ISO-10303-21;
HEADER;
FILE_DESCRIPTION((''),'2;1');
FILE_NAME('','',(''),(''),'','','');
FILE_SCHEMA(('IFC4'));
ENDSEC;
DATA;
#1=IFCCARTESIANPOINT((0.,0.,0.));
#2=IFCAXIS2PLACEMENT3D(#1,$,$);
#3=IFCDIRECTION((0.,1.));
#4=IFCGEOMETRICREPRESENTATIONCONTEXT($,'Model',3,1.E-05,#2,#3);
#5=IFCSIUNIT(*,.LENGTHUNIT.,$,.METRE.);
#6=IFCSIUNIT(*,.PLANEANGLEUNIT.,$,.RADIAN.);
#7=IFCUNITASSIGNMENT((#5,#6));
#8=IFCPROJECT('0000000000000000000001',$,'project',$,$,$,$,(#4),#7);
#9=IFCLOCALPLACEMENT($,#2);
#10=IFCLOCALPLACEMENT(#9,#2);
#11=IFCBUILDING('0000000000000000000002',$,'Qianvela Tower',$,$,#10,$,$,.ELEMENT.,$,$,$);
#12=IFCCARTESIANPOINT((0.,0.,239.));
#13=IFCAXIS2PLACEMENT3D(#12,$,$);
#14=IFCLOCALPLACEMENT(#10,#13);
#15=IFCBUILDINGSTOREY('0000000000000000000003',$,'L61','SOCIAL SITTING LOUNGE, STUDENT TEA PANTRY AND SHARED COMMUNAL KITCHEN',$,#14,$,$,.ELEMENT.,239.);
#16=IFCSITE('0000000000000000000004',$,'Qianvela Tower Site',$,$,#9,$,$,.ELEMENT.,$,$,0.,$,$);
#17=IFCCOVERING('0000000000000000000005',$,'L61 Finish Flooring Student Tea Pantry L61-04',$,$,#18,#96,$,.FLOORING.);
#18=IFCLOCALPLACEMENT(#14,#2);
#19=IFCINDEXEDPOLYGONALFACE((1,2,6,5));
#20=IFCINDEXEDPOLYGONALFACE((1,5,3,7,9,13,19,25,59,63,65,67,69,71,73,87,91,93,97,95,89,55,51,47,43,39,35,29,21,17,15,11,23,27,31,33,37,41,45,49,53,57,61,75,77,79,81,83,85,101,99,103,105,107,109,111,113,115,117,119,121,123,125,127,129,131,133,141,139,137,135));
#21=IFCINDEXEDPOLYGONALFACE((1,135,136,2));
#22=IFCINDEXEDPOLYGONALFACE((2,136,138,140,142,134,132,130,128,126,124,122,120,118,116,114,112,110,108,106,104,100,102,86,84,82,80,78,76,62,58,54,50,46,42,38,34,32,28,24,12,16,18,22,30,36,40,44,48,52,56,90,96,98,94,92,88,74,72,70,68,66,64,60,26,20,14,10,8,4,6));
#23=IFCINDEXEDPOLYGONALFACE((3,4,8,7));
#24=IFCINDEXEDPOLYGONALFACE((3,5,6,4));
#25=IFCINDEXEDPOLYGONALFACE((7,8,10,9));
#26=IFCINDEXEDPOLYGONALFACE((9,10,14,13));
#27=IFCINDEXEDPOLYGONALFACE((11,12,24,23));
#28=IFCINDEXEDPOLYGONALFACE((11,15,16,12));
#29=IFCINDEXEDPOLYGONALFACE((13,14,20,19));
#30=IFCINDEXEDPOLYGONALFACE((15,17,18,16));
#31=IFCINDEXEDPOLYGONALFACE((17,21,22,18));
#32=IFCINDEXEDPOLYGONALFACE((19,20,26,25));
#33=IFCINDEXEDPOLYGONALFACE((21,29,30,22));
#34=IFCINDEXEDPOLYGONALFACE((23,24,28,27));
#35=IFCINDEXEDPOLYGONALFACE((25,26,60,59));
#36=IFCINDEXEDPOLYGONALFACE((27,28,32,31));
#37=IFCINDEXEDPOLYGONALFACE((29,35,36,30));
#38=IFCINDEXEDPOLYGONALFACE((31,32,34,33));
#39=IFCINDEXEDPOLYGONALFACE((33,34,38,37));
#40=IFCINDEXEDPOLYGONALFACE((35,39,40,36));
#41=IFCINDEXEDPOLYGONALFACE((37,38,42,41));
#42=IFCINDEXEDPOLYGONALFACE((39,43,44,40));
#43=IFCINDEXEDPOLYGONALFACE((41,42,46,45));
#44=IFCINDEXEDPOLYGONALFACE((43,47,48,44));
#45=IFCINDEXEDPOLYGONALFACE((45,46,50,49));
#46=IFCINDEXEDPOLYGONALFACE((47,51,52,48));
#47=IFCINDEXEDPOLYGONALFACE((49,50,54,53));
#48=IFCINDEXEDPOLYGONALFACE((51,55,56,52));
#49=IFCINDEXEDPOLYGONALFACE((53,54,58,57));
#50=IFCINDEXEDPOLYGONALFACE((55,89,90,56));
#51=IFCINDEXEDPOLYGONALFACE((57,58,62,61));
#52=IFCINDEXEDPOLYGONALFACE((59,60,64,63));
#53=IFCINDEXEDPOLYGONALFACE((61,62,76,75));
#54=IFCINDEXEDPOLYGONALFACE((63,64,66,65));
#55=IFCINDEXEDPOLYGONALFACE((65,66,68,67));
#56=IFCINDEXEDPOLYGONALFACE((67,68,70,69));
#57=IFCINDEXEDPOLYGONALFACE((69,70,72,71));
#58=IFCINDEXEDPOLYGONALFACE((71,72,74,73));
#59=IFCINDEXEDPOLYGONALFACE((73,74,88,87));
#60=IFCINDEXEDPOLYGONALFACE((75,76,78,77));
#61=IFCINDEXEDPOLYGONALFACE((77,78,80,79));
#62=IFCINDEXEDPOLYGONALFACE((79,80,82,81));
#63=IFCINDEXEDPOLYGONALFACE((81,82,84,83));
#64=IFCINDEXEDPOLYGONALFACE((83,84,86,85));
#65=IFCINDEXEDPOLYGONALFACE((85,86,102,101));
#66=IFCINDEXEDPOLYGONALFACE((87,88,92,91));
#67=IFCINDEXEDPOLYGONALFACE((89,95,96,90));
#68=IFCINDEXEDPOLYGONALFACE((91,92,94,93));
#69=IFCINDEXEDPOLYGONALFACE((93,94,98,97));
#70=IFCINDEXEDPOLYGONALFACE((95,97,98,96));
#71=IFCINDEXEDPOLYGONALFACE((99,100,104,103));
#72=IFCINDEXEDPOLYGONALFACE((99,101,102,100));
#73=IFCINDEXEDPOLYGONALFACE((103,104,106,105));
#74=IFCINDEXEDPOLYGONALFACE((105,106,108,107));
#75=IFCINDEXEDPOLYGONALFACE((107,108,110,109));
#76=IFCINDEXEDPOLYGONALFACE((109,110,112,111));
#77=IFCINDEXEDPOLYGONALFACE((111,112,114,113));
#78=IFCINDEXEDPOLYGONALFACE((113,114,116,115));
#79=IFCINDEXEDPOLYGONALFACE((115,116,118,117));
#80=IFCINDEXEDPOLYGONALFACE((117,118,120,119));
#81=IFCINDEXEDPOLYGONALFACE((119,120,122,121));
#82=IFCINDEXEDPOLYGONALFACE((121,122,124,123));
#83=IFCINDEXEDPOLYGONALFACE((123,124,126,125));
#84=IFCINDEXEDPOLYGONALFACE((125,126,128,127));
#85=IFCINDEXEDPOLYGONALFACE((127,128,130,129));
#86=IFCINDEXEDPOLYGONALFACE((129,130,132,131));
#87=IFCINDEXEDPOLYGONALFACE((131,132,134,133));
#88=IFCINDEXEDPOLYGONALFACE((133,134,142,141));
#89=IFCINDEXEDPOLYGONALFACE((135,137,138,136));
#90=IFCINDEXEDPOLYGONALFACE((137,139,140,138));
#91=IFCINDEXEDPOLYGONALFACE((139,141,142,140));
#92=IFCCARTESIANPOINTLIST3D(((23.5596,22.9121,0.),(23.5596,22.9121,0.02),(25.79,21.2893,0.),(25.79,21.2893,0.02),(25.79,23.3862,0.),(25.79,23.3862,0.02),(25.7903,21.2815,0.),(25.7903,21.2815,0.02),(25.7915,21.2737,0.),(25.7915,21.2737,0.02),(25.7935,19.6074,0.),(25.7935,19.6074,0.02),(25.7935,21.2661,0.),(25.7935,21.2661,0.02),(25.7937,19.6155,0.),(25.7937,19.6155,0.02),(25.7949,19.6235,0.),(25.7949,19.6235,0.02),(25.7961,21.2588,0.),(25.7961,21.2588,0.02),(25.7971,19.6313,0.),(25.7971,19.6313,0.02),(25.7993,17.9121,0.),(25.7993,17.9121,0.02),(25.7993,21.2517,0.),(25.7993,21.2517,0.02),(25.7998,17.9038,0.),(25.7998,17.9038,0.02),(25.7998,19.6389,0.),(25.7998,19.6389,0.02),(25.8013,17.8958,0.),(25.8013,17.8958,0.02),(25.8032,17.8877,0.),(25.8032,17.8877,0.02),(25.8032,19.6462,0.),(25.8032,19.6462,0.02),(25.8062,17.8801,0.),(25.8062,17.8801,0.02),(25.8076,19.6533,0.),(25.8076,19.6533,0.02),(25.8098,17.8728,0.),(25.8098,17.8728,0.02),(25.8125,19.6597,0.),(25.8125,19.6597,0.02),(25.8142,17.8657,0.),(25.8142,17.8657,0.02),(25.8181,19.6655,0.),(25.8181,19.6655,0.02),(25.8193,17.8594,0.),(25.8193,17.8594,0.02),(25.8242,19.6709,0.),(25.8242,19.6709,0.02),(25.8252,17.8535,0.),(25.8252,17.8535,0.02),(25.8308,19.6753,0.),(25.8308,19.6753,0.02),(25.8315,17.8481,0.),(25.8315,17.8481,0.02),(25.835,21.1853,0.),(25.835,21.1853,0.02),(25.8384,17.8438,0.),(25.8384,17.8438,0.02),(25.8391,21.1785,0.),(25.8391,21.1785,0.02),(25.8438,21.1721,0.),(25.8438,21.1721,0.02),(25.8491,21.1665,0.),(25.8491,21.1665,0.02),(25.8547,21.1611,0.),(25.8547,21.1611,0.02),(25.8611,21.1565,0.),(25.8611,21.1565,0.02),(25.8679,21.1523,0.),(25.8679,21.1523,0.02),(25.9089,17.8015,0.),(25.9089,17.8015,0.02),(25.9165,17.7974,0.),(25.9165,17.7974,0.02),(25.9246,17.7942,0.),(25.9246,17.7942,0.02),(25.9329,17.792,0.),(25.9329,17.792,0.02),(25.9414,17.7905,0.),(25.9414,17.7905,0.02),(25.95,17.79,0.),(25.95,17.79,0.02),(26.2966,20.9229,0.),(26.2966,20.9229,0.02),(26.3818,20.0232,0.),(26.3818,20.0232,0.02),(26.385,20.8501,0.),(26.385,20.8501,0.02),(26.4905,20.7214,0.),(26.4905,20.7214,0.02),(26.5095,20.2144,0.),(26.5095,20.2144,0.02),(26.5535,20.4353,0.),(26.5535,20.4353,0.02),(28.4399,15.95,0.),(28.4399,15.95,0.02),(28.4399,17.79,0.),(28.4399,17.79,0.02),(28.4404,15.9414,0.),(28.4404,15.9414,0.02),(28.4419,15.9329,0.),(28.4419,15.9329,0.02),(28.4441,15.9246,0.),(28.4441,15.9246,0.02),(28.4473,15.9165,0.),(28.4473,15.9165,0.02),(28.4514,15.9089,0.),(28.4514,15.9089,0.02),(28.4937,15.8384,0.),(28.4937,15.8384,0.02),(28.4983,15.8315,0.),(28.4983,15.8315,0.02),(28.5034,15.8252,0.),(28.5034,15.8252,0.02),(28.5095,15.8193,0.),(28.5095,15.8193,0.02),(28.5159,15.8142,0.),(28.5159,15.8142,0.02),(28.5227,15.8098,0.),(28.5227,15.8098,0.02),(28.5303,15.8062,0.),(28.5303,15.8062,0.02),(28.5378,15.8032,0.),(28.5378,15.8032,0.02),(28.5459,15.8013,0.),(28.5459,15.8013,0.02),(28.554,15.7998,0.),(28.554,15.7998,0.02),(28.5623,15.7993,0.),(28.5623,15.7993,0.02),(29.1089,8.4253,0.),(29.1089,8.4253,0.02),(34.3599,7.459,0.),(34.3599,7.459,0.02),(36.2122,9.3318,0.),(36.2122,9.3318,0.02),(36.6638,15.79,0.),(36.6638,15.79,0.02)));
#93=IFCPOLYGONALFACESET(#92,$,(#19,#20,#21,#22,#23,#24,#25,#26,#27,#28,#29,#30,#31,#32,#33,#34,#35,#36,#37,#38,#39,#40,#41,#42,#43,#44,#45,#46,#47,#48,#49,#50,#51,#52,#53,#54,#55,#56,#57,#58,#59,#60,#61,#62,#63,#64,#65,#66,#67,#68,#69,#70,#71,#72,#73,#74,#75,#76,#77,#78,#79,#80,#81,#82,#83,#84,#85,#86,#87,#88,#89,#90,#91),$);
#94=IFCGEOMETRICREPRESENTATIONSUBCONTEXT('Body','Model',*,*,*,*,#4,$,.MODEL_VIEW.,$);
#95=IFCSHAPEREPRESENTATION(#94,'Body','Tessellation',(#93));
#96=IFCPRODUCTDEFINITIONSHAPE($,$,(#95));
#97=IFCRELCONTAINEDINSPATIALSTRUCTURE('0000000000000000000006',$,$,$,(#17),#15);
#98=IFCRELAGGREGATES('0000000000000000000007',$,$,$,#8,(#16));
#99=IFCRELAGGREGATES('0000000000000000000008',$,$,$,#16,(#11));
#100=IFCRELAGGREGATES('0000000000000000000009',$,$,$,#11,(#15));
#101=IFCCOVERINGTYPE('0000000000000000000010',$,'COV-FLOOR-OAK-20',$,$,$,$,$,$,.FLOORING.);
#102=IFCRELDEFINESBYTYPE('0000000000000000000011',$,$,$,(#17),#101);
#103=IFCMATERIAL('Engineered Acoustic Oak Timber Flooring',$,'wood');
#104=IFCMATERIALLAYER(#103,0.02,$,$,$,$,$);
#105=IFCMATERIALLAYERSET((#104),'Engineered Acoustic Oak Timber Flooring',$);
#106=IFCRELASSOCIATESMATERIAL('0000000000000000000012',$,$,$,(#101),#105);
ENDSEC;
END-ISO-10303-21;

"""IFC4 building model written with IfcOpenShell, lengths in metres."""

from ifc_helpers import new_model, si_unit, direction, frame, origin, place, context, subcontext, project, spatial, polyline, outline, extrude, material, layer, layer_set, type_object, element, save


model = new_model("IFC4")

# Units and contexts
model_context = context("Model", 3, precision=1e-05, world=origin(), true_north=direction((0.0, 1.0)))
body_context = subcontext(model_context, "Body", "Model", "MODEL_VIEW")
ifc_project = project(units=[si_unit("LENGTHUNIT", "METRE"), si_unit("PLANEANGLEUNIT", "RADIAN")], contexts=[model_context])

# Site, building, storey
site_placement = place(None, origin())
site = spatial("IfcSite", under=ifc_project, at=site_placement, Name="Qianvela Tower Site", CompositionType="ELEMENT", RefElevation=0.0)
building_placement = place(site_placement, origin())
building = spatial("IfcBuilding", under=site, at=building_placement, Name="Qianvela Tower", CompositionType="ELEMENT")
storey_placement = place(building_placement, frame((0.0, 0.0, 239.0)))
storey = spatial("IfcBuildingStorey", under=building, at=storey_placement, Name="L61", Description="SOCIAL SITTING LOUNGE, STUDENT TEA PANTRY AND SHARED COMMUNAL KITCHEN", CompositionType="ELEMENT", Elevation=239.0)

# Covering
ifc_material_1 = material(Name="Engineered Acoustic Oak Timber Flooring", Category="wood")
ifc_layer_1 = layer(ifc_material_1, 0.02)
ifc_layer_set_1 = layer_set([ifc_layer_1], Name="Engineered Acoustic Oak Timber Flooring")
covering_type_1 = type_object("IfcCoveringType", Name="COV-FLOOR-OAK-20", PredefinedType="FLOORING", material=ifc_layer_set_1)
covering_1_placement = place(storey_placement, origin())
element("IfcCovering", 1, at=covering_1_placement, inside=storey, type_object=covering_type_1, Name="L61 Finish Flooring Student Tea Pantry L61-04", PredefinedType="FLOORING", context=body_context, shape_type="SweptSolid", body=[
    extrude(outline(polyline([(25.835, 21.1853), (25.8391, 21.1785), (25.8438, 21.1721), (25.8491, 21.1665), (25.8547, 21.1611), (25.8611, 21.1565), (25.8679, 21.1523), (26.2966, 20.9229), (26.385, 20.8501), (26.4905, 20.7214), (26.5535, 20.4353), (26.5095, 20.2144), (26.3818, 20.0232), (25.8308, 19.6753), (25.8242, 19.6709), (25.8181, 19.6655), (25.8125, 19.6597), (25.8076, 19.6533), (25.8032, 19.6462), (25.7998, 19.6389), (25.7971, 19.6313), (25.7949, 19.6235), (25.7937, 19.6155), (25.7935, 19.6074), (25.7993, 17.9121), (25.7998, 17.9038), (25.8013, 17.8958), (25.8032, 17.8877), (25.8062, 17.8801), (25.8098, 17.8728), (25.8142, 17.8657), (25.8193, 17.8594), (25.8252, 17.8535), (25.8315, 17.8481), (25.8384, 17.8438), (25.9089, 17.8015), (25.9165, 17.7974), (25.9246, 17.7942), (25.9329, 17.792), (25.9414, 17.7905), (25.95, 17.79), (28.4399, 17.79), (28.4399, 15.95), (28.4404, 15.9414), (28.4419, 15.9329), (28.4441, 15.9246), (28.4473, 15.9165), (28.4514, 15.9089), (28.4937, 15.8384), (28.4983, 15.8315), (28.5034, 15.8252), (28.5095, 15.8193), (28.5159, 15.8142), (28.5227, 15.8098), (28.5303, 15.8062), (28.5378, 15.8032), (28.5459, 15.8013), (28.554, 15.7998), (28.5623, 15.7993), (36.6638, 15.79), (36.2122, 9.3318), (34.3599, 7.459), (29.1089, 8.4253), (23.5596, 22.9121), (25.79, 23.3862), (25.79, 21.2893), (25.7903, 21.2815), (25.7915, 21.2737), (25.7935, 21.2661), (25.7961, 21.2588), (25.7993, 21.2517), (25.835, 21.1853)])), origin(), (0.0, 0.0, 1.0), 0.02),
])

save(model, "model.ifc")
